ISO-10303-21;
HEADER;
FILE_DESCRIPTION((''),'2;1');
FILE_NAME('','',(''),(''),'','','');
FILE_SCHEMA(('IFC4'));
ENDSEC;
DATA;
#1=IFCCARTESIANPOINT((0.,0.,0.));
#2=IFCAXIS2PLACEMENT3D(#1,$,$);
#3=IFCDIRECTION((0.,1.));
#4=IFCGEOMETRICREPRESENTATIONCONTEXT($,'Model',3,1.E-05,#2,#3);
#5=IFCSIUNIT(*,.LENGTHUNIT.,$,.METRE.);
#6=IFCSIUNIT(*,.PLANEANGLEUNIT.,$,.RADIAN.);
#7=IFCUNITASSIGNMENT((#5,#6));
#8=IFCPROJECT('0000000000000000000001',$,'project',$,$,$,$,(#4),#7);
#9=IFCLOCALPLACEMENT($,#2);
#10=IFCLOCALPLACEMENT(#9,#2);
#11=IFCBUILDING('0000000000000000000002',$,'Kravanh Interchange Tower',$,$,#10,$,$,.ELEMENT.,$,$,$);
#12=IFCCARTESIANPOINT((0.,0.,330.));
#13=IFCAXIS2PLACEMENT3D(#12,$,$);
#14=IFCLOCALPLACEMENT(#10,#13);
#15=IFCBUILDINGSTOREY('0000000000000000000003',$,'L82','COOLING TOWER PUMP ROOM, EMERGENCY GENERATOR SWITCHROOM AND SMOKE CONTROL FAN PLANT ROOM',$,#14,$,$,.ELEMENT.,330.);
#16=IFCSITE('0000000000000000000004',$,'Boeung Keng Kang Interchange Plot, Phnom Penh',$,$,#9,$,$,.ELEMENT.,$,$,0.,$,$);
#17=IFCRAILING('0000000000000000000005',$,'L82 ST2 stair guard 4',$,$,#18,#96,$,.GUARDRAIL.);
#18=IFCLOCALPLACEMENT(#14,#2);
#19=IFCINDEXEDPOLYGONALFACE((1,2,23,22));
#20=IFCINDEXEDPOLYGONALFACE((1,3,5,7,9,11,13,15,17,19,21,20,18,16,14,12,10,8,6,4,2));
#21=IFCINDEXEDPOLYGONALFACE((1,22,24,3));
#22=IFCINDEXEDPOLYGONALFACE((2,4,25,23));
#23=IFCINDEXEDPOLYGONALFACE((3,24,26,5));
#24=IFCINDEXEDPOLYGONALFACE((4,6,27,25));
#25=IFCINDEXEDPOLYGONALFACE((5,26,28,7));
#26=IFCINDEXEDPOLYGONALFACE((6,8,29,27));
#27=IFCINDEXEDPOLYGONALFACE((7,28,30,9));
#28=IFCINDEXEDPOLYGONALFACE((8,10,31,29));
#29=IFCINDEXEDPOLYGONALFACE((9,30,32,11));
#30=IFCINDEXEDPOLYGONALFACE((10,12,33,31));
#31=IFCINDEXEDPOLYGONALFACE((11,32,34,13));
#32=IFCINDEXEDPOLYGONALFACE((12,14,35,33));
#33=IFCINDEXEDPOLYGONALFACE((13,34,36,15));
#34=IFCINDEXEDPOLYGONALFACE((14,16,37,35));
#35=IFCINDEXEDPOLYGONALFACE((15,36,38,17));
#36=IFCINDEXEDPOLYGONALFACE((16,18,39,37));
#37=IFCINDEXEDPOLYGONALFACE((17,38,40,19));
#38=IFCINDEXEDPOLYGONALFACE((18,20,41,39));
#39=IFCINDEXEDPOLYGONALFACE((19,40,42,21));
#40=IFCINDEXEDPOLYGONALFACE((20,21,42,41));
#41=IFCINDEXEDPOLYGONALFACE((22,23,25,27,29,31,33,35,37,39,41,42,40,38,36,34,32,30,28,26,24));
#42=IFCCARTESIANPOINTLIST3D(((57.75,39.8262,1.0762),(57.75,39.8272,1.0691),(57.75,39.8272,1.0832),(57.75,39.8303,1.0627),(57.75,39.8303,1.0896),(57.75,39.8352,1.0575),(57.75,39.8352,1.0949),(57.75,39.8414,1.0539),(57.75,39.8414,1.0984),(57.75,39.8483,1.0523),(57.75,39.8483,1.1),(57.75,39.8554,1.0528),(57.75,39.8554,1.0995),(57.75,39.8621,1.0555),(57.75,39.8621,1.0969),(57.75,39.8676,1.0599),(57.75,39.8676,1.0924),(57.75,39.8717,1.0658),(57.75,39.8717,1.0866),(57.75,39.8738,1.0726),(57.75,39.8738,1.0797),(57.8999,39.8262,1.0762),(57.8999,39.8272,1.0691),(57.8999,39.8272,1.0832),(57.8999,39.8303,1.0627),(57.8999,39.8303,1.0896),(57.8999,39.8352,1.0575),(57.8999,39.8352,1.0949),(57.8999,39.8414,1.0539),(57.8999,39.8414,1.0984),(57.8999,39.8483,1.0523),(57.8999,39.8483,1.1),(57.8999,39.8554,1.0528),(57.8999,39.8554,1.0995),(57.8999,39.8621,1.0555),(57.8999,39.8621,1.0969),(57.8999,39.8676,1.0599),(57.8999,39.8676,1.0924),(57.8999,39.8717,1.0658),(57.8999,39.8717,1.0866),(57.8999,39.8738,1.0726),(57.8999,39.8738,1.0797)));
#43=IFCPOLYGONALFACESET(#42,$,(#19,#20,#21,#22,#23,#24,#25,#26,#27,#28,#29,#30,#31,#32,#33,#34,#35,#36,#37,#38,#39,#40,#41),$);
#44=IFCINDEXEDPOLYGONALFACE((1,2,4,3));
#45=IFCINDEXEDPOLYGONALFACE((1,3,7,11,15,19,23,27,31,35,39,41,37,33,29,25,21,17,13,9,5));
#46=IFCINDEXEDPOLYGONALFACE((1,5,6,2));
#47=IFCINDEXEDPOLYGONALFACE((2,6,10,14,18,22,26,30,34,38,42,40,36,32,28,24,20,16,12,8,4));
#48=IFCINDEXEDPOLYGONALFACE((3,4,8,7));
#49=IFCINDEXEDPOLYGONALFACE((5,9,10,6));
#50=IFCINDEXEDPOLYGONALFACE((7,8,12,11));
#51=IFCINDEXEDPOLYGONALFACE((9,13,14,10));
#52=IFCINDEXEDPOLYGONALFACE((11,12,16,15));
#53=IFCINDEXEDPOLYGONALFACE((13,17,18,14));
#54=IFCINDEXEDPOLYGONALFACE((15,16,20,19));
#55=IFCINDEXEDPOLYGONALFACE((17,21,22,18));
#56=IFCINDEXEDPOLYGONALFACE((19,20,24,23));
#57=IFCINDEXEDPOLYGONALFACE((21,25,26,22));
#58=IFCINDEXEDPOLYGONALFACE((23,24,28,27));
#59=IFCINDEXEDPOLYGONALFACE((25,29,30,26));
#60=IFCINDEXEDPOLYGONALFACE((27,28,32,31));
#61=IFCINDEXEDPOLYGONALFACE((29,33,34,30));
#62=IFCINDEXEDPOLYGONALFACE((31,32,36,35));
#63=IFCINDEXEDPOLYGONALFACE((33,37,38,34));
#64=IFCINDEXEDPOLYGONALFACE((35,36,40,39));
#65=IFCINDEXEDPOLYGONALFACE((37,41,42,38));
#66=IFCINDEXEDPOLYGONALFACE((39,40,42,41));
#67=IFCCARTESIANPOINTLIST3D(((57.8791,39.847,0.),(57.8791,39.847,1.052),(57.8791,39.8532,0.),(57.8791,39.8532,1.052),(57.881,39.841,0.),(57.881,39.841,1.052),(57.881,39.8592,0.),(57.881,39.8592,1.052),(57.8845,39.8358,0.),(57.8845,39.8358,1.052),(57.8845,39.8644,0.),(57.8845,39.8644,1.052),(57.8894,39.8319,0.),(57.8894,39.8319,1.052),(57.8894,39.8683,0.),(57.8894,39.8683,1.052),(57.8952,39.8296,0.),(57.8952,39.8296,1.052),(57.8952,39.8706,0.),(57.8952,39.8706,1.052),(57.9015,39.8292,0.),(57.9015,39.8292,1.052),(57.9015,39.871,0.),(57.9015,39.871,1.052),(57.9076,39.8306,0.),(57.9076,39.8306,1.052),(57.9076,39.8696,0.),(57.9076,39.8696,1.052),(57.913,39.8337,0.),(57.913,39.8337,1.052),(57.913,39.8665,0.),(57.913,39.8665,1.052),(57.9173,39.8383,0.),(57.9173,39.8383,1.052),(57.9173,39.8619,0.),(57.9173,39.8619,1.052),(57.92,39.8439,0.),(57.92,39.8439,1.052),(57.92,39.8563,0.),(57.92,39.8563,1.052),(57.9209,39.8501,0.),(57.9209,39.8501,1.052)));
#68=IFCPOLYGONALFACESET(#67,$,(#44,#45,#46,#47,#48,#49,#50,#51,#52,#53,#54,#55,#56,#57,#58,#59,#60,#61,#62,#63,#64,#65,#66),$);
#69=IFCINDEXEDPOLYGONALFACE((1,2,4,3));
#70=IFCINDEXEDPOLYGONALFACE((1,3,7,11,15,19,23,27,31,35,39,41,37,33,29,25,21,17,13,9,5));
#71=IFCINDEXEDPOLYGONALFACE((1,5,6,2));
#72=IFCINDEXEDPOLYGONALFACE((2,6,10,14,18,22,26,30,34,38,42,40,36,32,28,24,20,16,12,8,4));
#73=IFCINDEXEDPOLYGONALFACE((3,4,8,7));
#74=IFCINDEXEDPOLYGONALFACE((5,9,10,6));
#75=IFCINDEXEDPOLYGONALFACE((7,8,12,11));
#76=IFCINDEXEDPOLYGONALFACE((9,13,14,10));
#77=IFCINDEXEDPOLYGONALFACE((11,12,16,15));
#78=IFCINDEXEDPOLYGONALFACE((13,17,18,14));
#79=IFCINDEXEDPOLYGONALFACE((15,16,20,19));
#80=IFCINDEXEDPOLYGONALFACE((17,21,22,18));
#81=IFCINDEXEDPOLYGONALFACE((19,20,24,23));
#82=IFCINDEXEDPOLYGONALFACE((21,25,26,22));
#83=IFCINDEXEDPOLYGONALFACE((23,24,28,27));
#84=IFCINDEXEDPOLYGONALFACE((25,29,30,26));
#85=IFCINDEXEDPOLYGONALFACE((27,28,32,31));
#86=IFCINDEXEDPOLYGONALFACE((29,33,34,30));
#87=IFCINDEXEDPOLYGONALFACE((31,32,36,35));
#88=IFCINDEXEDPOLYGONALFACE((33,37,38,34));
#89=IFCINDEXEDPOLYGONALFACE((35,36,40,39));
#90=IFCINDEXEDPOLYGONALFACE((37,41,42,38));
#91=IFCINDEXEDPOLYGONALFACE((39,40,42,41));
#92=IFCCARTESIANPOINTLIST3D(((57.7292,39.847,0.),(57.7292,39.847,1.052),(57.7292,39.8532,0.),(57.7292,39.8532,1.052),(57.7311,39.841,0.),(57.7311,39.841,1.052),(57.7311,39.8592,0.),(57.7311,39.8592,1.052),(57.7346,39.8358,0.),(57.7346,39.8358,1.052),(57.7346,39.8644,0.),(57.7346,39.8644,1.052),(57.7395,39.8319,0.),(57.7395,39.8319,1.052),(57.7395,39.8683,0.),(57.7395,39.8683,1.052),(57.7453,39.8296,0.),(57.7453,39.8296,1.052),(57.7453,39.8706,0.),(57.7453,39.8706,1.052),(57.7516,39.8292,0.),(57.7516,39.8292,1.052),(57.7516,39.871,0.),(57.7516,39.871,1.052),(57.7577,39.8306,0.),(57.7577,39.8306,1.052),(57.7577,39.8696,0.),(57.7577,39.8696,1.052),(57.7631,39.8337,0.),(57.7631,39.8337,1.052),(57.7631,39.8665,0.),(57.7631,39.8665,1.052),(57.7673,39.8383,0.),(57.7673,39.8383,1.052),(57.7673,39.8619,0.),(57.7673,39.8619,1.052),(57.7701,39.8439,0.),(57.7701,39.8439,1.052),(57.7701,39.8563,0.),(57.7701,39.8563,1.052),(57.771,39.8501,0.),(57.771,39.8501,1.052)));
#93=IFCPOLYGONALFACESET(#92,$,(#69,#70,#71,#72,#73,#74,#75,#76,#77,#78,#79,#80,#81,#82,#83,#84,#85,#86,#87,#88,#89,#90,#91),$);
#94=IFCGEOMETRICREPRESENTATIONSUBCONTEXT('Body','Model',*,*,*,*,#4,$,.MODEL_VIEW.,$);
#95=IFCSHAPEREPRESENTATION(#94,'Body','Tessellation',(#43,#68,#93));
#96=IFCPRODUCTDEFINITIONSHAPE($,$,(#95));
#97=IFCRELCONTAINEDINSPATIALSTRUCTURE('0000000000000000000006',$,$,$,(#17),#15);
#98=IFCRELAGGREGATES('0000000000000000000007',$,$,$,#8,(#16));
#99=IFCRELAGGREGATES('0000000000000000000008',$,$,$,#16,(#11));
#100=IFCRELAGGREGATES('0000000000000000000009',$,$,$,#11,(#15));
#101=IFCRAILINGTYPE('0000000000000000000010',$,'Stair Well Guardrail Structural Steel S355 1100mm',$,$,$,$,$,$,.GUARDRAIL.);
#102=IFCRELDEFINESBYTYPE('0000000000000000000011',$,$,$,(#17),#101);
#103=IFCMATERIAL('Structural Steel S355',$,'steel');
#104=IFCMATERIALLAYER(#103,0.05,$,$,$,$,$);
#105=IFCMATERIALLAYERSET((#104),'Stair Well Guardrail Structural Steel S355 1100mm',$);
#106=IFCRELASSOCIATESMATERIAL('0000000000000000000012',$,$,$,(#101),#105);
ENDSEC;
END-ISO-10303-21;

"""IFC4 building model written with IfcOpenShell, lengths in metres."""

from ifc_helpers import new_model, si_unit, direction, frame, origin, origin_2d, place, context, subcontext, project, spatial, circle, extrude, material, layer, layer_set, type_object, element, save


model = new_model("IFC4")

# Units and contexts
model_context = context("Model", 3, precision=1e-05, world=origin(), true_north=direction((0.0, 1.0)))
body_context = subcontext(model_context, "Body", "Model", "MODEL_VIEW")
ifc_project = project(units=[si_unit("LENGTHUNIT", "METRE"), si_unit("PLANEANGLEUNIT", "RADIAN")], contexts=[model_context])

# Site, building, storey
site_placement = place(None, origin())
site = spatial("IfcSite", under=ifc_project, at=site_placement, Name="Boeung Keng Kang Interchange Plot, Phnom Penh", CompositionType="ELEMENT", RefElevation=0.0)
building_placement = place(site_placement, origin())
building = spatial("IfcBuilding", under=site, at=building_placement, Name="Kravanh Interchange Tower", CompositionType="ELEMENT")
storey_placement = place(building_placement, frame((0.0, 0.0, 330.0)))
storey = spatial("IfcBuildingStorey", under=building, at=storey_placement, Name="L82", Description="COOLING TOWER PUMP ROOM, EMERGENCY GENERATOR SWITCHROOM AND SMOKE CONTROL FAN PLANT ROOM", CompositionType="ELEMENT", Elevation=330.0)

# Railing
ifc_material_1 = material(Name="Structural Steel S355", Category="steel")
ifc_layer_1 = layer(ifc_material_1, 0.05)
ifc_layer_set_1 = layer_set([ifc_layer_1], Name="Stair Well Guardrail Structural Steel S355 1100mm")
railing_type_1 = type_object("IfcRailingType", Name="Stair Well Guardrail Structural Steel S355 1100mm", PredefinedType="GUARDRAIL", material=ifc_layer_set_1)
railing_1_placement = place(storey_placement, frame((57.8999, 39.8501, 0.0)))
element("IfcRailing", 1, at=railing_1_placement, inside=storey, type_object=railing_type_1, Name="L82 ST2 stair guard 4", PredefinedType="GUARDRAIL", context=body_context, shape_type="SweptSolid", body=[
    extrude(circle(Radius=0.0239, at=origin_2d()), frame((0.0, 0.0, 1.0762), z_axis=(-1.0, 0.0, 0.0), x_axis=(0.0, -1.0, 0.0)), (0.0, 0.0, 1.0), 0.1499),
    extrude(circle(Radius=0.021, at=origin_2d()), origin(), (0.0, 0.0, 1.0), 1.052),
    extrude(circle(Radius=0.021, at=origin_2d()), frame((-0.1499, 0.0, 0.0)), (0.0, 0.0, 1.0), 1.052),
])

save(model, "model.ifc")
